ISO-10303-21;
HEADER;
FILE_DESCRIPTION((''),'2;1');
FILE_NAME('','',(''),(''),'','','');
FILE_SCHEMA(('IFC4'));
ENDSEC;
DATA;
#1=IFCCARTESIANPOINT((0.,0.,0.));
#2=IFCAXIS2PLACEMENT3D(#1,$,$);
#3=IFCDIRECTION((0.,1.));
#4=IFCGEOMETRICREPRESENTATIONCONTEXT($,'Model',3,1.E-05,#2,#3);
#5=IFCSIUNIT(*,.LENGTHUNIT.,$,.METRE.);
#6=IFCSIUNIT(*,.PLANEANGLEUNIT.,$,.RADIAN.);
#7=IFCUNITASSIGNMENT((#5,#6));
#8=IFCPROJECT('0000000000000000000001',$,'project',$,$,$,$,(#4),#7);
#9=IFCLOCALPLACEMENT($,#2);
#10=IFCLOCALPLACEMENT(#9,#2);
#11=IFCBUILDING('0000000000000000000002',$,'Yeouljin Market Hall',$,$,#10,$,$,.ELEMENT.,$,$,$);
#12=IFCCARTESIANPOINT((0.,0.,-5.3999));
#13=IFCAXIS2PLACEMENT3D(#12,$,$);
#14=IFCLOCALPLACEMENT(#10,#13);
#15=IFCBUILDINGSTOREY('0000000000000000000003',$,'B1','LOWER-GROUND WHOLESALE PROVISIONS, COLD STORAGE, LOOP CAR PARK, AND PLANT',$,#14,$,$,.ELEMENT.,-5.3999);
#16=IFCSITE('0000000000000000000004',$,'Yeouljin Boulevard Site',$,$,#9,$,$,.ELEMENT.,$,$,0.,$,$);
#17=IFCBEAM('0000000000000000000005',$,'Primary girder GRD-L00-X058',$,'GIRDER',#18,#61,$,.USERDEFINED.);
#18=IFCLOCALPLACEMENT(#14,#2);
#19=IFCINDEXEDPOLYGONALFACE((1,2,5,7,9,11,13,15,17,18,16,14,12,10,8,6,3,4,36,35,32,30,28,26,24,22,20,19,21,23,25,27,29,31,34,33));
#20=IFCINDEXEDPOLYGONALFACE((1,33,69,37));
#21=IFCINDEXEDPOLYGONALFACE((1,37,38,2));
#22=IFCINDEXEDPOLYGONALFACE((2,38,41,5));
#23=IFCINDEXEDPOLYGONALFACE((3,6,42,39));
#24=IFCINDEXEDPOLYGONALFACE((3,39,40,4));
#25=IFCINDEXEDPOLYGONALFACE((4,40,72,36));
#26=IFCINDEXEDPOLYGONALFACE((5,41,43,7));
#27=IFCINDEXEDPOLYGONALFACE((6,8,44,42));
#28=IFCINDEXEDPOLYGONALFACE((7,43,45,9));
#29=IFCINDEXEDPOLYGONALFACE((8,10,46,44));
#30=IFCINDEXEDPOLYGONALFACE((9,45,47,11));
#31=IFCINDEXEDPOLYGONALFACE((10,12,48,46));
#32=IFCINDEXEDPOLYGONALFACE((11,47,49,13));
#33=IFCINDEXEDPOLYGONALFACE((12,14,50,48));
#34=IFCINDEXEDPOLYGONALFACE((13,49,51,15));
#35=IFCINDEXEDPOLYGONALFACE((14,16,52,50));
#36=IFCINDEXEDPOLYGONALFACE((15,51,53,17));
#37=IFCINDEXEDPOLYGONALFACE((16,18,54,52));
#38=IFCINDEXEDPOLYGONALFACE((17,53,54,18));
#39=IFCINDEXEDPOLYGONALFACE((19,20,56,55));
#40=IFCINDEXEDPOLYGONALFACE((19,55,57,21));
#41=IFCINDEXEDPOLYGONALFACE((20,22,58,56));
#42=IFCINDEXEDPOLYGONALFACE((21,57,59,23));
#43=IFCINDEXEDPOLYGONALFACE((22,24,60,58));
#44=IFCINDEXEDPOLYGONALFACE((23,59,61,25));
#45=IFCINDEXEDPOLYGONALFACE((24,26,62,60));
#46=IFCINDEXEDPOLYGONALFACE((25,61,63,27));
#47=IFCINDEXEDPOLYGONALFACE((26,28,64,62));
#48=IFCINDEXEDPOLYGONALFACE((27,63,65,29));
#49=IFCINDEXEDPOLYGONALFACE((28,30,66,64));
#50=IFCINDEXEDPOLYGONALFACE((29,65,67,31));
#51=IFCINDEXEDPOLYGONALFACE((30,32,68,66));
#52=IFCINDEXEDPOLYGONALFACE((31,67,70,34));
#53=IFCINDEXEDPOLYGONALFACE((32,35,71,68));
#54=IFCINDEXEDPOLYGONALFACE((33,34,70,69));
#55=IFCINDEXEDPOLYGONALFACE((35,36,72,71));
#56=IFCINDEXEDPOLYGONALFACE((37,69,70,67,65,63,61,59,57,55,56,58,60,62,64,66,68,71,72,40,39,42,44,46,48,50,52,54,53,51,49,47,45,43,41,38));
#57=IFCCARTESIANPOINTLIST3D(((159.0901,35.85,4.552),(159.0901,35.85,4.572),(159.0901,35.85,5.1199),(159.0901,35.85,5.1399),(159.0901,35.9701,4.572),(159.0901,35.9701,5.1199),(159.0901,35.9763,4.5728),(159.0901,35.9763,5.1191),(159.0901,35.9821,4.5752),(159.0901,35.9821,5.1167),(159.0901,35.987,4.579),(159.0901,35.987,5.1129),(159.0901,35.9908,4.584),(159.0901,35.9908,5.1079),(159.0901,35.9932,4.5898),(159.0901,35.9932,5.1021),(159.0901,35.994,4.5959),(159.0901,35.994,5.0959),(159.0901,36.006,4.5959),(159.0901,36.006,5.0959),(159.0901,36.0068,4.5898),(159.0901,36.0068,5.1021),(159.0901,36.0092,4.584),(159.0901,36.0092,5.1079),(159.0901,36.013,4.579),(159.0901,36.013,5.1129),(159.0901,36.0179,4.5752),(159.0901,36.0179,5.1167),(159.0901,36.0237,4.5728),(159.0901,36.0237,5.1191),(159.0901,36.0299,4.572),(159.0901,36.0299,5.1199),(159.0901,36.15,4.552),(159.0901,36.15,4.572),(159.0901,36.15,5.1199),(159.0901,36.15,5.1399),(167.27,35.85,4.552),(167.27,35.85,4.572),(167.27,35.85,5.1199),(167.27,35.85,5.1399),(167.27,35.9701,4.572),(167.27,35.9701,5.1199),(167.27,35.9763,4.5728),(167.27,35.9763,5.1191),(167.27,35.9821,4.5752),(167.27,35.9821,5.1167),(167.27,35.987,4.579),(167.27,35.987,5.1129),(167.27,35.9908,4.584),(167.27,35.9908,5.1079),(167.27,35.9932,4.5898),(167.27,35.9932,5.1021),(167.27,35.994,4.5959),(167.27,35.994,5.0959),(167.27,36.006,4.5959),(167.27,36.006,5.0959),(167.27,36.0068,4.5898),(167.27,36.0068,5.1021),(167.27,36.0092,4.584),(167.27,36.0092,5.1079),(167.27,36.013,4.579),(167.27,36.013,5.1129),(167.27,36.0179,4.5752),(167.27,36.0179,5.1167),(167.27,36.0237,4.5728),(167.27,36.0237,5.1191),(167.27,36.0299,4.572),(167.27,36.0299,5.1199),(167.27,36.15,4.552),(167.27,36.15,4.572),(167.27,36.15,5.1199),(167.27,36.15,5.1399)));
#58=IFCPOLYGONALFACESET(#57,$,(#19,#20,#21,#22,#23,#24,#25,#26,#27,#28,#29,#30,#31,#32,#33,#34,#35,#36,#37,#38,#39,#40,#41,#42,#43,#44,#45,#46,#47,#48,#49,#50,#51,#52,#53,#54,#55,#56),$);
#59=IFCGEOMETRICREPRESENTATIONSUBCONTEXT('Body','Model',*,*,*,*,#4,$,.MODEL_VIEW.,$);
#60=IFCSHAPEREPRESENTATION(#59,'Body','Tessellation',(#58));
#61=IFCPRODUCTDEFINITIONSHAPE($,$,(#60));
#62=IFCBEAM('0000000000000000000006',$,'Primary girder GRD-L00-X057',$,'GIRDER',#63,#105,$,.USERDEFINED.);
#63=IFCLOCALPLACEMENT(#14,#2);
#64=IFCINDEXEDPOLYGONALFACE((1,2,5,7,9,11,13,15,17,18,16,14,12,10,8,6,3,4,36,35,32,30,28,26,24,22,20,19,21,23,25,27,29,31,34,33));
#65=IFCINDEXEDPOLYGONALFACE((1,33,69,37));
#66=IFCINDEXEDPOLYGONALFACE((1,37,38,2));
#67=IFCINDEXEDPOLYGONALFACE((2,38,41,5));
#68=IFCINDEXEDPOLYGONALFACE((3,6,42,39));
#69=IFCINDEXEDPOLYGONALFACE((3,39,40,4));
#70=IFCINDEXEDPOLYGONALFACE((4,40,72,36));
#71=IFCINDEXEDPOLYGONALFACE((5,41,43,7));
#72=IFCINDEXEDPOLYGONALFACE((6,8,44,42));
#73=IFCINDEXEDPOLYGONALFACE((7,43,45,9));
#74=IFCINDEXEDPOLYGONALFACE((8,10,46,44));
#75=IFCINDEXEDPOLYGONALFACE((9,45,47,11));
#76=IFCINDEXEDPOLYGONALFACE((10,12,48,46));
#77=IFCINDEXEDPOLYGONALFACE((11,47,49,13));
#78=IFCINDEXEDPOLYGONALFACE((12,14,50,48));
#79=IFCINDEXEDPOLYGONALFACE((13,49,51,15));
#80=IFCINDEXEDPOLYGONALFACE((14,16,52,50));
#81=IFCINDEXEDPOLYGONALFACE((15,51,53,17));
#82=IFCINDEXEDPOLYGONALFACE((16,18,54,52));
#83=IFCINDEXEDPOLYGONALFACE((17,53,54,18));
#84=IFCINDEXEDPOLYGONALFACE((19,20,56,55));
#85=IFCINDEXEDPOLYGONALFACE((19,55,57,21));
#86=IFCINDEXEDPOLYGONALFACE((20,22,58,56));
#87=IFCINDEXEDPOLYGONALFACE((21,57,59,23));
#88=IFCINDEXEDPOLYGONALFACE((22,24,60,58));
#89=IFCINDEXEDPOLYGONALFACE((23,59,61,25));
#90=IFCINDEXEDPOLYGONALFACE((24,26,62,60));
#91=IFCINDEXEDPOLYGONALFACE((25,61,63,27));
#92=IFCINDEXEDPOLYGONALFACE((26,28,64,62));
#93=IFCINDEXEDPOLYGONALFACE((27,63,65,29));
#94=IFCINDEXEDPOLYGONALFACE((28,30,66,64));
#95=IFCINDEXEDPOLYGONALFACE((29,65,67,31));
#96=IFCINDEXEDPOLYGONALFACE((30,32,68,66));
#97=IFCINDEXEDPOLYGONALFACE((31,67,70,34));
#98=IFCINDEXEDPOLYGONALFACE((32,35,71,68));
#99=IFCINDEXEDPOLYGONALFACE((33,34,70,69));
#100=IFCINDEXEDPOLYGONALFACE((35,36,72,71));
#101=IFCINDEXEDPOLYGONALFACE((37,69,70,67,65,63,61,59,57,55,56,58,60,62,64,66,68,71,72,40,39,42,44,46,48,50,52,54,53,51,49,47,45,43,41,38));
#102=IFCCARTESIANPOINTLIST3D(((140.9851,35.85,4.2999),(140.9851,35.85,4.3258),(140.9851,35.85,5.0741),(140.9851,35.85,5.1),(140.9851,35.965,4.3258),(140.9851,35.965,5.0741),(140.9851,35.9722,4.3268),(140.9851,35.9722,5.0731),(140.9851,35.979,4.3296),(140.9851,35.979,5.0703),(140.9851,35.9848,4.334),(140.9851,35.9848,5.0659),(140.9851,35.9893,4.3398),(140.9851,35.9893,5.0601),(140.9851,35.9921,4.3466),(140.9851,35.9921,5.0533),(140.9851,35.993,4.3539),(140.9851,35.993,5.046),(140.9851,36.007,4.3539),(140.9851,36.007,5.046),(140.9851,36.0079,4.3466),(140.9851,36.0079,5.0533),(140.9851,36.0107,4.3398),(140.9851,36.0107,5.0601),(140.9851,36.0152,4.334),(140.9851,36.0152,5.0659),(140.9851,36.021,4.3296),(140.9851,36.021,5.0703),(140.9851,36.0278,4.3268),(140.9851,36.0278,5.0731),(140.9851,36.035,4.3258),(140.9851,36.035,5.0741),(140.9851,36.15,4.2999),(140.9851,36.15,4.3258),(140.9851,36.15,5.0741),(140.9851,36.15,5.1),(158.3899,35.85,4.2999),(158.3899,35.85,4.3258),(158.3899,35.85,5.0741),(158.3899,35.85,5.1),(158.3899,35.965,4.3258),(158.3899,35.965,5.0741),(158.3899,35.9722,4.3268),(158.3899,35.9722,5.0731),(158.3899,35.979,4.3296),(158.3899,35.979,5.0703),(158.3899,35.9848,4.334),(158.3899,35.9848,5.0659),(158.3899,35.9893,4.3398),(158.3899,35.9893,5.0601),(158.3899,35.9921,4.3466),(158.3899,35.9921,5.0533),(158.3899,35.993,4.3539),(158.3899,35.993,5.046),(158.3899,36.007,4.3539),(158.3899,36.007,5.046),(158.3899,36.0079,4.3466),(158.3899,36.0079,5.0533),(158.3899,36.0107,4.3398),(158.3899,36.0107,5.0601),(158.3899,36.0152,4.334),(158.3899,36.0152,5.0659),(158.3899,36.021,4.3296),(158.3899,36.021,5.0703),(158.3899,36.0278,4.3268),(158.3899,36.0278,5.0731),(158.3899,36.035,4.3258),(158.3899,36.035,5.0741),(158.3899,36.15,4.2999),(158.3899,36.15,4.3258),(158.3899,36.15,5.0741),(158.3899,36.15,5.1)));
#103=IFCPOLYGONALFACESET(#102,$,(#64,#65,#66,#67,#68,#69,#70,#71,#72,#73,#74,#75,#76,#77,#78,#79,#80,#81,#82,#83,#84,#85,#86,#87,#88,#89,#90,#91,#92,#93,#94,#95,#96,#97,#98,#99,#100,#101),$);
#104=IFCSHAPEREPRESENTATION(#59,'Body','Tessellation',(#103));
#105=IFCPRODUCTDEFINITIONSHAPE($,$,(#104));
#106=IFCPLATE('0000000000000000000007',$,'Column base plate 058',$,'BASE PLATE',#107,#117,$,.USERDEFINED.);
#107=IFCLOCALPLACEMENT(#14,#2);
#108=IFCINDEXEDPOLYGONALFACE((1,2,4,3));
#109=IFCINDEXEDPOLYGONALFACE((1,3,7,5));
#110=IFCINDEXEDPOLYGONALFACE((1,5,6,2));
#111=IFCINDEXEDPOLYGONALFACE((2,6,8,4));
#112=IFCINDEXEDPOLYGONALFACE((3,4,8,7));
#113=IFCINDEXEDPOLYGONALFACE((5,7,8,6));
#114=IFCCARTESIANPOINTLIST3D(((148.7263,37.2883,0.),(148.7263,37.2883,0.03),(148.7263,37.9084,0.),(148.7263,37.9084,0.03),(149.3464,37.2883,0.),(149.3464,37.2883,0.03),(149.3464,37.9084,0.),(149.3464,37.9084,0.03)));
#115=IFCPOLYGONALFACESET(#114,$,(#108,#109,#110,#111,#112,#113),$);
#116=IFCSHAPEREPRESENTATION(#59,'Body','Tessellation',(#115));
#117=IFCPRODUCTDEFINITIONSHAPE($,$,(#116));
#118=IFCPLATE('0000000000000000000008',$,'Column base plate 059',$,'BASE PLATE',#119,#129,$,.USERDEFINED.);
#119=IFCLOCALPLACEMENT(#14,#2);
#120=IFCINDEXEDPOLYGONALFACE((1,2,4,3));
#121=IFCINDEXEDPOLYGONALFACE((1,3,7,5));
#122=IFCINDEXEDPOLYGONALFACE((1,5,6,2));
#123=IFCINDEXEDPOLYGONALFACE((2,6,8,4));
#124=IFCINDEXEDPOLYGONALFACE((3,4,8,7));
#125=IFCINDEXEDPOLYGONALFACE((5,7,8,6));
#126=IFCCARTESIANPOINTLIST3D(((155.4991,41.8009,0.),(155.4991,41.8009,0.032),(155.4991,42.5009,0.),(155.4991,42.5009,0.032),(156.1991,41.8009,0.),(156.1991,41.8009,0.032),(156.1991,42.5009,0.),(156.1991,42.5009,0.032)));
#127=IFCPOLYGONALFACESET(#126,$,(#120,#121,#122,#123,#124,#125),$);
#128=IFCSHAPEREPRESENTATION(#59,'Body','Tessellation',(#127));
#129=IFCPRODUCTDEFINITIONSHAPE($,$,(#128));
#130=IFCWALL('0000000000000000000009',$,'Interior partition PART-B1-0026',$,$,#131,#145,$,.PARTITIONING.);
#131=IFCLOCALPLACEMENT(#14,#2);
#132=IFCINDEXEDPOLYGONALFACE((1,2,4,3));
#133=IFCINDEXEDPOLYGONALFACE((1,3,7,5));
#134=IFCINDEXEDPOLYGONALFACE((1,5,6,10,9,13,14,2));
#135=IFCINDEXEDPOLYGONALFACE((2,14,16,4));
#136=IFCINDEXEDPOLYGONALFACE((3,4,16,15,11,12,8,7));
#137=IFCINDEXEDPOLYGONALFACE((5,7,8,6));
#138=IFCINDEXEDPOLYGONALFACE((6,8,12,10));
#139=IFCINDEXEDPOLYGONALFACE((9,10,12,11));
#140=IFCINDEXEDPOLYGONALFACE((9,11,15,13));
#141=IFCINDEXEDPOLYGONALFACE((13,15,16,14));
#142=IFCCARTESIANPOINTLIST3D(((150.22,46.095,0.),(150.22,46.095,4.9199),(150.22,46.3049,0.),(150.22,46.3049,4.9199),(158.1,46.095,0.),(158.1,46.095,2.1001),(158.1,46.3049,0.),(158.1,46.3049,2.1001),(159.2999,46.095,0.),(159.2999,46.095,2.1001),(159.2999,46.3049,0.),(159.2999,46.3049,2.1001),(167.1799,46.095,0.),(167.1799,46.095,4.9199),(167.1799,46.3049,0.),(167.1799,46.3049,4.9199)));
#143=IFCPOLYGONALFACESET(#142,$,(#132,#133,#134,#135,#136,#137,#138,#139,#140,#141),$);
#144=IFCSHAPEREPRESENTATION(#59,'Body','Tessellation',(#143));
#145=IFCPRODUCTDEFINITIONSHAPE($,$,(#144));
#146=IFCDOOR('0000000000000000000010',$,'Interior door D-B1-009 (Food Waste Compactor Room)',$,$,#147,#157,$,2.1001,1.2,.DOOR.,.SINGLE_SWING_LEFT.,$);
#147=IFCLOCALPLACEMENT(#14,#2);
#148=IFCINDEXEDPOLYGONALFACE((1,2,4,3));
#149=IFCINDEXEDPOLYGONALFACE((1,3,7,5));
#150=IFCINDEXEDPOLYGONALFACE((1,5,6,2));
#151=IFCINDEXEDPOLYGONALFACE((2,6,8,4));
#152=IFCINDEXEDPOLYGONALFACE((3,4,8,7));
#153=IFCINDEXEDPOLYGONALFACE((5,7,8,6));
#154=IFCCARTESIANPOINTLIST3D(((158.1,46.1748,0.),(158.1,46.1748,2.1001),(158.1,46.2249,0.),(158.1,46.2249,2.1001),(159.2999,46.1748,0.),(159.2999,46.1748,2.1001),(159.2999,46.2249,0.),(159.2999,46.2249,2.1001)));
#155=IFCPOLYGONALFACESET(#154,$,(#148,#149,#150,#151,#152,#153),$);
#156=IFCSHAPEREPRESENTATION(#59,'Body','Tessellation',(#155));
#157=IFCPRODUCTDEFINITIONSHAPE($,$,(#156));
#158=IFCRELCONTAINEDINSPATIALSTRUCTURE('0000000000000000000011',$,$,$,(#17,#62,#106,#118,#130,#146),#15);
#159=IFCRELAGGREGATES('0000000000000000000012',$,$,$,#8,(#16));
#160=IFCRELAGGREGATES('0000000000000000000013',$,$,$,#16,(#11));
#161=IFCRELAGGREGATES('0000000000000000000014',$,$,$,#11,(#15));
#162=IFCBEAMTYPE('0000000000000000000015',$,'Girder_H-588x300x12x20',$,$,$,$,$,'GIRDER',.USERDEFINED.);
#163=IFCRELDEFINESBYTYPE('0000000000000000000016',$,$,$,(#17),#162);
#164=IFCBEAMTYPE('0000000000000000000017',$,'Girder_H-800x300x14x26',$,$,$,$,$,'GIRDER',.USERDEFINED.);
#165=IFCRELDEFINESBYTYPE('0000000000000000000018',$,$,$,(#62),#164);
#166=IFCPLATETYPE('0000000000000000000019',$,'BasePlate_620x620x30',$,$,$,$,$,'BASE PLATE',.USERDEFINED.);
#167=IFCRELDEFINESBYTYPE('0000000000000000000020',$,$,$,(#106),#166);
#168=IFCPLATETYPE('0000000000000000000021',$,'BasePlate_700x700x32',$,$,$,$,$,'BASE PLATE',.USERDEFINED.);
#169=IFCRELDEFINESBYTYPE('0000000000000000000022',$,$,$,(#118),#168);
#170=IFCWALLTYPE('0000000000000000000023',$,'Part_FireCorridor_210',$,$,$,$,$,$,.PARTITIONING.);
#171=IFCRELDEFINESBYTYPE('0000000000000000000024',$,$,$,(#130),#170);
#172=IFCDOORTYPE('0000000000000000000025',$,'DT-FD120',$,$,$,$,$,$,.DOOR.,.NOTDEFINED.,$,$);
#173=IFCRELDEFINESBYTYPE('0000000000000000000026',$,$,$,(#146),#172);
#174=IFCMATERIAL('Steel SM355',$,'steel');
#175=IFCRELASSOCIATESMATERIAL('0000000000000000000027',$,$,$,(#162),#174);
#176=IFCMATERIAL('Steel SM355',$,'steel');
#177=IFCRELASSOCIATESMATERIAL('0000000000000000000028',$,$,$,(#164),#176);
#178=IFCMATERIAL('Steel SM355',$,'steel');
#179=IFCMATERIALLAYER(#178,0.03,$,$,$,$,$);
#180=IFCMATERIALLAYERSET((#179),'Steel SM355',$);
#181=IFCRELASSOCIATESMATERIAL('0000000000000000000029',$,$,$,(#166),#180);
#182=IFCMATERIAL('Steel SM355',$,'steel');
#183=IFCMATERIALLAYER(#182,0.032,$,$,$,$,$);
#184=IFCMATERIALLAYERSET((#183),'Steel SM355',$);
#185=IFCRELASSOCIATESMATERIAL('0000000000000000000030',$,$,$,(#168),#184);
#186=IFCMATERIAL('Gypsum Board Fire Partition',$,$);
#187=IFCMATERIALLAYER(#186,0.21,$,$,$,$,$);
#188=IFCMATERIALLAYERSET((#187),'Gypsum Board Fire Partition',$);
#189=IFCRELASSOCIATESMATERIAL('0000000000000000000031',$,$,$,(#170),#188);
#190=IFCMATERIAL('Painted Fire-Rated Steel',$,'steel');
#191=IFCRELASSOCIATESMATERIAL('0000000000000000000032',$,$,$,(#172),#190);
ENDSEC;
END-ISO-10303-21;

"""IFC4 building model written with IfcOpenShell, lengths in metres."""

from ifc_helpers import new_model, si_unit, direction, frame, frame_2d, origin, origin_2d, place, context, subcontext, project, spatial, rectangle, i_section, extrude, material, layer, layer_set, material_profile, profile_set, type_object, element, fill, save


model = new_model("IFC4")

# Units and contexts
model_context = context("Model", 3, precision=1e-05, world=origin(), true_north=direction((0.0, 1.0)))
body_context = subcontext(model_context, "Body", "Model", "MODEL_VIEW")
ifc_project = project(units=[si_unit("LENGTHUNIT", "METRE"), si_unit("PLANEANGLEUNIT", "RADIAN")], contexts=[model_context])

# Site, building, storey
site_placement = place(None, origin())
site = spatial("IfcSite", under=ifc_project, at=site_placement, Name="Yeouljin Boulevard Site", CompositionType="ELEMENT", RefElevation=0.0)
building_placement = place(site_placement, origin())
building = spatial("IfcBuilding", under=site, at=building_placement, Name="Yeouljin Market Hall", CompositionType="ELEMENT")
storey_placement = place(building_placement, frame((0.0, 0.0, -5.3999)))
storey = spatial("IfcBuildingStorey", under=building, at=storey_placement, Name="B1", Description="LOWER-GROUND WHOLESALE PROVISIONS, COLD STORAGE, LOOP CAR PARK, AND PLANT", CompositionType="ELEMENT", Elevation=-5.3999)

# Beams
ifc_material_1 = material(Name="Steel SM355", Category="steel")
ifc_material_profile_1 = material_profile(ifc_material_1, i_section(OverallWidth=0.3, OverallDepth=0.5879, WebThickness=0.012, FlangeThickness=0.02, FilletRadius=0.0239, at=origin_2d()), Name="H-588x300x12x20")
ifc_profile_set_1 = profile_set([ifc_material_profile_1], Name="Steel SM355")
beam_type_1 = type_object("IfcBeamType", Name="Girder_H-588x300x12x20", ElementType="GIRDER", PredefinedType="USERDEFINED", material=ifc_profile_set_1)
beam_1_placement = place(storey_placement, frame((159.0901, 36.0, 4.8459), z_axis=(1.0, 0.0, 0.0), x_axis=(0.0, 1.0, 0.0)))
element("IfcBeam", 1, at=beam_1_placement, inside=storey, type_object=beam_type_1, Name="Primary girder GRD-L00-X058", ObjectType="GIRDER", PredefinedType="USERDEFINED", context=body_context, shape_type="SweptSolid", body=[
    extrude(i_section(OverallWidth=0.3, OverallDepth=0.5879, WebThickness=0.012, FlangeThickness=0.02, FilletRadius=0.0239, at=origin_2d()), origin(), (0.0, 0.0, 1.0), 8.1799),
])
ifc_material_2 = material(Name="Steel SM355", Category="steel")
ifc_material_profile_2 = material_profile(ifc_material_2, i_section(OverallWidth=0.3, OverallDepth=0.8, WebThickness=0.0139, FlangeThickness=0.0259, FilletRadius=0.0281, at=origin_2d()), Name="H-800x300x14x26")
ifc_profile_set_2 = profile_set([ifc_material_profile_2], Name="Steel SM355")
beam_type_2 = type_object("IfcBeamType", Name="Girder_H-800x300x14x26", ElementType="GIRDER", PredefinedType="USERDEFINED", material=ifc_profile_set_2)
beam_2_placement = place(storey_placement, frame((140.9851, 36.0, 4.7), z_axis=(1.0, 0.0, 0.0), x_axis=(0.0, 1.0, 0.0)))
element("IfcBeam", 2, at=beam_2_placement, inside=storey, type_object=beam_type_2, Name="Primary girder GRD-L00-X057", ObjectType="GIRDER", PredefinedType="USERDEFINED", context=body_context, shape_type="SweptSolid", body=[
    extrude(i_section(OverallWidth=0.3, OverallDepth=0.8, WebThickness=0.0139, FlangeThickness=0.0259, FilletRadius=0.0281, at=origin_2d()), origin(), (0.0, 0.0, 1.0), 17.4048),
])

# Plates
ifc_material_3 = material(Name="Steel SM355", Category="steel")
ifc_layer_1 = layer(ifc_material_3, 0.03)
ifc_layer_set_1 = layer_set([ifc_layer_1], Name="Steel SM355")
plate_type_1 = type_object("IfcPlateType", Name="BasePlate_620x620x30", ElementType="BASE PLATE", PredefinedType="USERDEFINED", material=ifc_layer_set_1)
plate_1_placement = place(storey_placement, frame((149.0364, 37.5984, 0.0), z_axis=(0.0, 0.0, 1.0), x_axis=(1.0, 0.0, 0.0)))
element("IfcPlate", 3, at=plate_1_placement, inside=storey, type_object=plate_type_1, Name="Column base plate 058", ObjectType="BASE PLATE", PredefinedType="USERDEFINED", context=body_context, shape_type="SweptSolid", body=[
    extrude(rectangle(XDim=0.6201, YDim=0.6201, at=origin_2d()), origin(), (0.0, 0.0, 1.0), 0.03),
])
ifc_material_4 = material(Name="Steel SM355", Category="steel")
ifc_layer_2 = layer(ifc_material_4, 0.032)
ifc_layer_set_2 = layer_set([ifc_layer_2], Name="Steel SM355")
plate_type_2 = type_object("IfcPlateType", Name="BasePlate_700x700x32", ElementType="BASE PLATE", PredefinedType="USERDEFINED", material=ifc_layer_set_2)
plate_2_placement = place(storey_placement, frame((155.8491, 42.1509, 0.0), z_axis=(0.0, 0.0, 1.0), x_axis=(1.0, 0.0, 0.0)))
element("IfcPlate", 4, at=plate_2_placement, inside=storey, type_object=plate_type_2, Name="Column base plate 059", ObjectType="BASE PLATE", PredefinedType="USERDEFINED", context=body_context, shape_type="SweptSolid", body=[
    extrude(rectangle(XDim=0.7, YDim=0.7, at=origin_2d()), origin(), (0.0, 0.0, 1.0), 0.032),
])

# Wall, opening, door
ifc_material_5 = material(Name="Gypsum Board Fire Partition")
ifc_layer_3 = layer(ifc_material_5, 0.21)
ifc_layer_set_3 = layer_set([ifc_layer_3], Name="Gypsum Board Fire Partition")
wall_type = type_object("IfcWallType", Name="Part_FireCorridor_210", PredefinedType="PARTITIONING", material=ifc_layer_set_3)
wall_placement = place(storey_placement, frame((150.22, 46.2, 0.0), z_axis=(0.0, 0.0, 1.0), x_axis=(1.0, 0.0, 0.0)))
wall = element("IfcWall", 5, at=wall_placement, inside=storey, type_object=wall_type, Name="Interior partition PART-B1-0026", PredefinedType="PARTITIONING", context=body_context, shape_type="SweptSolid", body=[
    extrude(rectangle(XDim=16.96, YDim=0.21, at=frame_2d((8.48, 0.0))), origin(), (0.0, 0.0, 1.0), 4.9199),
])
opening_placement = place(wall_placement, frame((7.8799, 0.0, 0.0)))
opening = element("IfcOpeningElement", 6, at=opening_placement, cuts=wall, PredefinedType="OPENING", context=body_context, shape_type="SweptSolid", body=[
    extrude(rectangle(XDim=1.2, YDim=2.1001, at=frame_2d((0.6001, 1.05))), frame((0.0, 0.115, 0.0), z_axis=(0.0, -1.0, 0.0), x_axis=(1.0, 0.0, 0.0)), (0.0, 0.0, 1.0), 0.23),
])
ifc_material_6 = material(Name="Painted Fire-Rated Steel", Category="steel")
door_type = type_object("IfcDoorType", Name="DT-FD120", OperationType="NOTDEFINED", PredefinedType="DOOR", material=ifc_material_6)
door_placement = place(opening_placement, origin())
door = element("IfcDoor", 7, at=door_placement, inside=storey, type_object=door_type, Name="Interior door D-B1-009 (Food Waste Compactor Room)", OperationType="SINGLE_SWING_LEFT", OverallHeight=2.1001, OverallWidth=1.2, PredefinedType="DOOR", context=body_context, shape_type="SweptSolid", body=[
    extrude(rectangle(XDim=1.2, YDim=2.1001, at=frame_2d((0.6001, 1.05))), frame((0.0, 0.0249, 0.0), z_axis=(0.0, -1.0, 0.0), x_axis=(1.0, 0.0, 0.0)), (0.0, 0.0, 1.0), 0.05),
])
fill(opening, door)

save(model, "model.ifc")
